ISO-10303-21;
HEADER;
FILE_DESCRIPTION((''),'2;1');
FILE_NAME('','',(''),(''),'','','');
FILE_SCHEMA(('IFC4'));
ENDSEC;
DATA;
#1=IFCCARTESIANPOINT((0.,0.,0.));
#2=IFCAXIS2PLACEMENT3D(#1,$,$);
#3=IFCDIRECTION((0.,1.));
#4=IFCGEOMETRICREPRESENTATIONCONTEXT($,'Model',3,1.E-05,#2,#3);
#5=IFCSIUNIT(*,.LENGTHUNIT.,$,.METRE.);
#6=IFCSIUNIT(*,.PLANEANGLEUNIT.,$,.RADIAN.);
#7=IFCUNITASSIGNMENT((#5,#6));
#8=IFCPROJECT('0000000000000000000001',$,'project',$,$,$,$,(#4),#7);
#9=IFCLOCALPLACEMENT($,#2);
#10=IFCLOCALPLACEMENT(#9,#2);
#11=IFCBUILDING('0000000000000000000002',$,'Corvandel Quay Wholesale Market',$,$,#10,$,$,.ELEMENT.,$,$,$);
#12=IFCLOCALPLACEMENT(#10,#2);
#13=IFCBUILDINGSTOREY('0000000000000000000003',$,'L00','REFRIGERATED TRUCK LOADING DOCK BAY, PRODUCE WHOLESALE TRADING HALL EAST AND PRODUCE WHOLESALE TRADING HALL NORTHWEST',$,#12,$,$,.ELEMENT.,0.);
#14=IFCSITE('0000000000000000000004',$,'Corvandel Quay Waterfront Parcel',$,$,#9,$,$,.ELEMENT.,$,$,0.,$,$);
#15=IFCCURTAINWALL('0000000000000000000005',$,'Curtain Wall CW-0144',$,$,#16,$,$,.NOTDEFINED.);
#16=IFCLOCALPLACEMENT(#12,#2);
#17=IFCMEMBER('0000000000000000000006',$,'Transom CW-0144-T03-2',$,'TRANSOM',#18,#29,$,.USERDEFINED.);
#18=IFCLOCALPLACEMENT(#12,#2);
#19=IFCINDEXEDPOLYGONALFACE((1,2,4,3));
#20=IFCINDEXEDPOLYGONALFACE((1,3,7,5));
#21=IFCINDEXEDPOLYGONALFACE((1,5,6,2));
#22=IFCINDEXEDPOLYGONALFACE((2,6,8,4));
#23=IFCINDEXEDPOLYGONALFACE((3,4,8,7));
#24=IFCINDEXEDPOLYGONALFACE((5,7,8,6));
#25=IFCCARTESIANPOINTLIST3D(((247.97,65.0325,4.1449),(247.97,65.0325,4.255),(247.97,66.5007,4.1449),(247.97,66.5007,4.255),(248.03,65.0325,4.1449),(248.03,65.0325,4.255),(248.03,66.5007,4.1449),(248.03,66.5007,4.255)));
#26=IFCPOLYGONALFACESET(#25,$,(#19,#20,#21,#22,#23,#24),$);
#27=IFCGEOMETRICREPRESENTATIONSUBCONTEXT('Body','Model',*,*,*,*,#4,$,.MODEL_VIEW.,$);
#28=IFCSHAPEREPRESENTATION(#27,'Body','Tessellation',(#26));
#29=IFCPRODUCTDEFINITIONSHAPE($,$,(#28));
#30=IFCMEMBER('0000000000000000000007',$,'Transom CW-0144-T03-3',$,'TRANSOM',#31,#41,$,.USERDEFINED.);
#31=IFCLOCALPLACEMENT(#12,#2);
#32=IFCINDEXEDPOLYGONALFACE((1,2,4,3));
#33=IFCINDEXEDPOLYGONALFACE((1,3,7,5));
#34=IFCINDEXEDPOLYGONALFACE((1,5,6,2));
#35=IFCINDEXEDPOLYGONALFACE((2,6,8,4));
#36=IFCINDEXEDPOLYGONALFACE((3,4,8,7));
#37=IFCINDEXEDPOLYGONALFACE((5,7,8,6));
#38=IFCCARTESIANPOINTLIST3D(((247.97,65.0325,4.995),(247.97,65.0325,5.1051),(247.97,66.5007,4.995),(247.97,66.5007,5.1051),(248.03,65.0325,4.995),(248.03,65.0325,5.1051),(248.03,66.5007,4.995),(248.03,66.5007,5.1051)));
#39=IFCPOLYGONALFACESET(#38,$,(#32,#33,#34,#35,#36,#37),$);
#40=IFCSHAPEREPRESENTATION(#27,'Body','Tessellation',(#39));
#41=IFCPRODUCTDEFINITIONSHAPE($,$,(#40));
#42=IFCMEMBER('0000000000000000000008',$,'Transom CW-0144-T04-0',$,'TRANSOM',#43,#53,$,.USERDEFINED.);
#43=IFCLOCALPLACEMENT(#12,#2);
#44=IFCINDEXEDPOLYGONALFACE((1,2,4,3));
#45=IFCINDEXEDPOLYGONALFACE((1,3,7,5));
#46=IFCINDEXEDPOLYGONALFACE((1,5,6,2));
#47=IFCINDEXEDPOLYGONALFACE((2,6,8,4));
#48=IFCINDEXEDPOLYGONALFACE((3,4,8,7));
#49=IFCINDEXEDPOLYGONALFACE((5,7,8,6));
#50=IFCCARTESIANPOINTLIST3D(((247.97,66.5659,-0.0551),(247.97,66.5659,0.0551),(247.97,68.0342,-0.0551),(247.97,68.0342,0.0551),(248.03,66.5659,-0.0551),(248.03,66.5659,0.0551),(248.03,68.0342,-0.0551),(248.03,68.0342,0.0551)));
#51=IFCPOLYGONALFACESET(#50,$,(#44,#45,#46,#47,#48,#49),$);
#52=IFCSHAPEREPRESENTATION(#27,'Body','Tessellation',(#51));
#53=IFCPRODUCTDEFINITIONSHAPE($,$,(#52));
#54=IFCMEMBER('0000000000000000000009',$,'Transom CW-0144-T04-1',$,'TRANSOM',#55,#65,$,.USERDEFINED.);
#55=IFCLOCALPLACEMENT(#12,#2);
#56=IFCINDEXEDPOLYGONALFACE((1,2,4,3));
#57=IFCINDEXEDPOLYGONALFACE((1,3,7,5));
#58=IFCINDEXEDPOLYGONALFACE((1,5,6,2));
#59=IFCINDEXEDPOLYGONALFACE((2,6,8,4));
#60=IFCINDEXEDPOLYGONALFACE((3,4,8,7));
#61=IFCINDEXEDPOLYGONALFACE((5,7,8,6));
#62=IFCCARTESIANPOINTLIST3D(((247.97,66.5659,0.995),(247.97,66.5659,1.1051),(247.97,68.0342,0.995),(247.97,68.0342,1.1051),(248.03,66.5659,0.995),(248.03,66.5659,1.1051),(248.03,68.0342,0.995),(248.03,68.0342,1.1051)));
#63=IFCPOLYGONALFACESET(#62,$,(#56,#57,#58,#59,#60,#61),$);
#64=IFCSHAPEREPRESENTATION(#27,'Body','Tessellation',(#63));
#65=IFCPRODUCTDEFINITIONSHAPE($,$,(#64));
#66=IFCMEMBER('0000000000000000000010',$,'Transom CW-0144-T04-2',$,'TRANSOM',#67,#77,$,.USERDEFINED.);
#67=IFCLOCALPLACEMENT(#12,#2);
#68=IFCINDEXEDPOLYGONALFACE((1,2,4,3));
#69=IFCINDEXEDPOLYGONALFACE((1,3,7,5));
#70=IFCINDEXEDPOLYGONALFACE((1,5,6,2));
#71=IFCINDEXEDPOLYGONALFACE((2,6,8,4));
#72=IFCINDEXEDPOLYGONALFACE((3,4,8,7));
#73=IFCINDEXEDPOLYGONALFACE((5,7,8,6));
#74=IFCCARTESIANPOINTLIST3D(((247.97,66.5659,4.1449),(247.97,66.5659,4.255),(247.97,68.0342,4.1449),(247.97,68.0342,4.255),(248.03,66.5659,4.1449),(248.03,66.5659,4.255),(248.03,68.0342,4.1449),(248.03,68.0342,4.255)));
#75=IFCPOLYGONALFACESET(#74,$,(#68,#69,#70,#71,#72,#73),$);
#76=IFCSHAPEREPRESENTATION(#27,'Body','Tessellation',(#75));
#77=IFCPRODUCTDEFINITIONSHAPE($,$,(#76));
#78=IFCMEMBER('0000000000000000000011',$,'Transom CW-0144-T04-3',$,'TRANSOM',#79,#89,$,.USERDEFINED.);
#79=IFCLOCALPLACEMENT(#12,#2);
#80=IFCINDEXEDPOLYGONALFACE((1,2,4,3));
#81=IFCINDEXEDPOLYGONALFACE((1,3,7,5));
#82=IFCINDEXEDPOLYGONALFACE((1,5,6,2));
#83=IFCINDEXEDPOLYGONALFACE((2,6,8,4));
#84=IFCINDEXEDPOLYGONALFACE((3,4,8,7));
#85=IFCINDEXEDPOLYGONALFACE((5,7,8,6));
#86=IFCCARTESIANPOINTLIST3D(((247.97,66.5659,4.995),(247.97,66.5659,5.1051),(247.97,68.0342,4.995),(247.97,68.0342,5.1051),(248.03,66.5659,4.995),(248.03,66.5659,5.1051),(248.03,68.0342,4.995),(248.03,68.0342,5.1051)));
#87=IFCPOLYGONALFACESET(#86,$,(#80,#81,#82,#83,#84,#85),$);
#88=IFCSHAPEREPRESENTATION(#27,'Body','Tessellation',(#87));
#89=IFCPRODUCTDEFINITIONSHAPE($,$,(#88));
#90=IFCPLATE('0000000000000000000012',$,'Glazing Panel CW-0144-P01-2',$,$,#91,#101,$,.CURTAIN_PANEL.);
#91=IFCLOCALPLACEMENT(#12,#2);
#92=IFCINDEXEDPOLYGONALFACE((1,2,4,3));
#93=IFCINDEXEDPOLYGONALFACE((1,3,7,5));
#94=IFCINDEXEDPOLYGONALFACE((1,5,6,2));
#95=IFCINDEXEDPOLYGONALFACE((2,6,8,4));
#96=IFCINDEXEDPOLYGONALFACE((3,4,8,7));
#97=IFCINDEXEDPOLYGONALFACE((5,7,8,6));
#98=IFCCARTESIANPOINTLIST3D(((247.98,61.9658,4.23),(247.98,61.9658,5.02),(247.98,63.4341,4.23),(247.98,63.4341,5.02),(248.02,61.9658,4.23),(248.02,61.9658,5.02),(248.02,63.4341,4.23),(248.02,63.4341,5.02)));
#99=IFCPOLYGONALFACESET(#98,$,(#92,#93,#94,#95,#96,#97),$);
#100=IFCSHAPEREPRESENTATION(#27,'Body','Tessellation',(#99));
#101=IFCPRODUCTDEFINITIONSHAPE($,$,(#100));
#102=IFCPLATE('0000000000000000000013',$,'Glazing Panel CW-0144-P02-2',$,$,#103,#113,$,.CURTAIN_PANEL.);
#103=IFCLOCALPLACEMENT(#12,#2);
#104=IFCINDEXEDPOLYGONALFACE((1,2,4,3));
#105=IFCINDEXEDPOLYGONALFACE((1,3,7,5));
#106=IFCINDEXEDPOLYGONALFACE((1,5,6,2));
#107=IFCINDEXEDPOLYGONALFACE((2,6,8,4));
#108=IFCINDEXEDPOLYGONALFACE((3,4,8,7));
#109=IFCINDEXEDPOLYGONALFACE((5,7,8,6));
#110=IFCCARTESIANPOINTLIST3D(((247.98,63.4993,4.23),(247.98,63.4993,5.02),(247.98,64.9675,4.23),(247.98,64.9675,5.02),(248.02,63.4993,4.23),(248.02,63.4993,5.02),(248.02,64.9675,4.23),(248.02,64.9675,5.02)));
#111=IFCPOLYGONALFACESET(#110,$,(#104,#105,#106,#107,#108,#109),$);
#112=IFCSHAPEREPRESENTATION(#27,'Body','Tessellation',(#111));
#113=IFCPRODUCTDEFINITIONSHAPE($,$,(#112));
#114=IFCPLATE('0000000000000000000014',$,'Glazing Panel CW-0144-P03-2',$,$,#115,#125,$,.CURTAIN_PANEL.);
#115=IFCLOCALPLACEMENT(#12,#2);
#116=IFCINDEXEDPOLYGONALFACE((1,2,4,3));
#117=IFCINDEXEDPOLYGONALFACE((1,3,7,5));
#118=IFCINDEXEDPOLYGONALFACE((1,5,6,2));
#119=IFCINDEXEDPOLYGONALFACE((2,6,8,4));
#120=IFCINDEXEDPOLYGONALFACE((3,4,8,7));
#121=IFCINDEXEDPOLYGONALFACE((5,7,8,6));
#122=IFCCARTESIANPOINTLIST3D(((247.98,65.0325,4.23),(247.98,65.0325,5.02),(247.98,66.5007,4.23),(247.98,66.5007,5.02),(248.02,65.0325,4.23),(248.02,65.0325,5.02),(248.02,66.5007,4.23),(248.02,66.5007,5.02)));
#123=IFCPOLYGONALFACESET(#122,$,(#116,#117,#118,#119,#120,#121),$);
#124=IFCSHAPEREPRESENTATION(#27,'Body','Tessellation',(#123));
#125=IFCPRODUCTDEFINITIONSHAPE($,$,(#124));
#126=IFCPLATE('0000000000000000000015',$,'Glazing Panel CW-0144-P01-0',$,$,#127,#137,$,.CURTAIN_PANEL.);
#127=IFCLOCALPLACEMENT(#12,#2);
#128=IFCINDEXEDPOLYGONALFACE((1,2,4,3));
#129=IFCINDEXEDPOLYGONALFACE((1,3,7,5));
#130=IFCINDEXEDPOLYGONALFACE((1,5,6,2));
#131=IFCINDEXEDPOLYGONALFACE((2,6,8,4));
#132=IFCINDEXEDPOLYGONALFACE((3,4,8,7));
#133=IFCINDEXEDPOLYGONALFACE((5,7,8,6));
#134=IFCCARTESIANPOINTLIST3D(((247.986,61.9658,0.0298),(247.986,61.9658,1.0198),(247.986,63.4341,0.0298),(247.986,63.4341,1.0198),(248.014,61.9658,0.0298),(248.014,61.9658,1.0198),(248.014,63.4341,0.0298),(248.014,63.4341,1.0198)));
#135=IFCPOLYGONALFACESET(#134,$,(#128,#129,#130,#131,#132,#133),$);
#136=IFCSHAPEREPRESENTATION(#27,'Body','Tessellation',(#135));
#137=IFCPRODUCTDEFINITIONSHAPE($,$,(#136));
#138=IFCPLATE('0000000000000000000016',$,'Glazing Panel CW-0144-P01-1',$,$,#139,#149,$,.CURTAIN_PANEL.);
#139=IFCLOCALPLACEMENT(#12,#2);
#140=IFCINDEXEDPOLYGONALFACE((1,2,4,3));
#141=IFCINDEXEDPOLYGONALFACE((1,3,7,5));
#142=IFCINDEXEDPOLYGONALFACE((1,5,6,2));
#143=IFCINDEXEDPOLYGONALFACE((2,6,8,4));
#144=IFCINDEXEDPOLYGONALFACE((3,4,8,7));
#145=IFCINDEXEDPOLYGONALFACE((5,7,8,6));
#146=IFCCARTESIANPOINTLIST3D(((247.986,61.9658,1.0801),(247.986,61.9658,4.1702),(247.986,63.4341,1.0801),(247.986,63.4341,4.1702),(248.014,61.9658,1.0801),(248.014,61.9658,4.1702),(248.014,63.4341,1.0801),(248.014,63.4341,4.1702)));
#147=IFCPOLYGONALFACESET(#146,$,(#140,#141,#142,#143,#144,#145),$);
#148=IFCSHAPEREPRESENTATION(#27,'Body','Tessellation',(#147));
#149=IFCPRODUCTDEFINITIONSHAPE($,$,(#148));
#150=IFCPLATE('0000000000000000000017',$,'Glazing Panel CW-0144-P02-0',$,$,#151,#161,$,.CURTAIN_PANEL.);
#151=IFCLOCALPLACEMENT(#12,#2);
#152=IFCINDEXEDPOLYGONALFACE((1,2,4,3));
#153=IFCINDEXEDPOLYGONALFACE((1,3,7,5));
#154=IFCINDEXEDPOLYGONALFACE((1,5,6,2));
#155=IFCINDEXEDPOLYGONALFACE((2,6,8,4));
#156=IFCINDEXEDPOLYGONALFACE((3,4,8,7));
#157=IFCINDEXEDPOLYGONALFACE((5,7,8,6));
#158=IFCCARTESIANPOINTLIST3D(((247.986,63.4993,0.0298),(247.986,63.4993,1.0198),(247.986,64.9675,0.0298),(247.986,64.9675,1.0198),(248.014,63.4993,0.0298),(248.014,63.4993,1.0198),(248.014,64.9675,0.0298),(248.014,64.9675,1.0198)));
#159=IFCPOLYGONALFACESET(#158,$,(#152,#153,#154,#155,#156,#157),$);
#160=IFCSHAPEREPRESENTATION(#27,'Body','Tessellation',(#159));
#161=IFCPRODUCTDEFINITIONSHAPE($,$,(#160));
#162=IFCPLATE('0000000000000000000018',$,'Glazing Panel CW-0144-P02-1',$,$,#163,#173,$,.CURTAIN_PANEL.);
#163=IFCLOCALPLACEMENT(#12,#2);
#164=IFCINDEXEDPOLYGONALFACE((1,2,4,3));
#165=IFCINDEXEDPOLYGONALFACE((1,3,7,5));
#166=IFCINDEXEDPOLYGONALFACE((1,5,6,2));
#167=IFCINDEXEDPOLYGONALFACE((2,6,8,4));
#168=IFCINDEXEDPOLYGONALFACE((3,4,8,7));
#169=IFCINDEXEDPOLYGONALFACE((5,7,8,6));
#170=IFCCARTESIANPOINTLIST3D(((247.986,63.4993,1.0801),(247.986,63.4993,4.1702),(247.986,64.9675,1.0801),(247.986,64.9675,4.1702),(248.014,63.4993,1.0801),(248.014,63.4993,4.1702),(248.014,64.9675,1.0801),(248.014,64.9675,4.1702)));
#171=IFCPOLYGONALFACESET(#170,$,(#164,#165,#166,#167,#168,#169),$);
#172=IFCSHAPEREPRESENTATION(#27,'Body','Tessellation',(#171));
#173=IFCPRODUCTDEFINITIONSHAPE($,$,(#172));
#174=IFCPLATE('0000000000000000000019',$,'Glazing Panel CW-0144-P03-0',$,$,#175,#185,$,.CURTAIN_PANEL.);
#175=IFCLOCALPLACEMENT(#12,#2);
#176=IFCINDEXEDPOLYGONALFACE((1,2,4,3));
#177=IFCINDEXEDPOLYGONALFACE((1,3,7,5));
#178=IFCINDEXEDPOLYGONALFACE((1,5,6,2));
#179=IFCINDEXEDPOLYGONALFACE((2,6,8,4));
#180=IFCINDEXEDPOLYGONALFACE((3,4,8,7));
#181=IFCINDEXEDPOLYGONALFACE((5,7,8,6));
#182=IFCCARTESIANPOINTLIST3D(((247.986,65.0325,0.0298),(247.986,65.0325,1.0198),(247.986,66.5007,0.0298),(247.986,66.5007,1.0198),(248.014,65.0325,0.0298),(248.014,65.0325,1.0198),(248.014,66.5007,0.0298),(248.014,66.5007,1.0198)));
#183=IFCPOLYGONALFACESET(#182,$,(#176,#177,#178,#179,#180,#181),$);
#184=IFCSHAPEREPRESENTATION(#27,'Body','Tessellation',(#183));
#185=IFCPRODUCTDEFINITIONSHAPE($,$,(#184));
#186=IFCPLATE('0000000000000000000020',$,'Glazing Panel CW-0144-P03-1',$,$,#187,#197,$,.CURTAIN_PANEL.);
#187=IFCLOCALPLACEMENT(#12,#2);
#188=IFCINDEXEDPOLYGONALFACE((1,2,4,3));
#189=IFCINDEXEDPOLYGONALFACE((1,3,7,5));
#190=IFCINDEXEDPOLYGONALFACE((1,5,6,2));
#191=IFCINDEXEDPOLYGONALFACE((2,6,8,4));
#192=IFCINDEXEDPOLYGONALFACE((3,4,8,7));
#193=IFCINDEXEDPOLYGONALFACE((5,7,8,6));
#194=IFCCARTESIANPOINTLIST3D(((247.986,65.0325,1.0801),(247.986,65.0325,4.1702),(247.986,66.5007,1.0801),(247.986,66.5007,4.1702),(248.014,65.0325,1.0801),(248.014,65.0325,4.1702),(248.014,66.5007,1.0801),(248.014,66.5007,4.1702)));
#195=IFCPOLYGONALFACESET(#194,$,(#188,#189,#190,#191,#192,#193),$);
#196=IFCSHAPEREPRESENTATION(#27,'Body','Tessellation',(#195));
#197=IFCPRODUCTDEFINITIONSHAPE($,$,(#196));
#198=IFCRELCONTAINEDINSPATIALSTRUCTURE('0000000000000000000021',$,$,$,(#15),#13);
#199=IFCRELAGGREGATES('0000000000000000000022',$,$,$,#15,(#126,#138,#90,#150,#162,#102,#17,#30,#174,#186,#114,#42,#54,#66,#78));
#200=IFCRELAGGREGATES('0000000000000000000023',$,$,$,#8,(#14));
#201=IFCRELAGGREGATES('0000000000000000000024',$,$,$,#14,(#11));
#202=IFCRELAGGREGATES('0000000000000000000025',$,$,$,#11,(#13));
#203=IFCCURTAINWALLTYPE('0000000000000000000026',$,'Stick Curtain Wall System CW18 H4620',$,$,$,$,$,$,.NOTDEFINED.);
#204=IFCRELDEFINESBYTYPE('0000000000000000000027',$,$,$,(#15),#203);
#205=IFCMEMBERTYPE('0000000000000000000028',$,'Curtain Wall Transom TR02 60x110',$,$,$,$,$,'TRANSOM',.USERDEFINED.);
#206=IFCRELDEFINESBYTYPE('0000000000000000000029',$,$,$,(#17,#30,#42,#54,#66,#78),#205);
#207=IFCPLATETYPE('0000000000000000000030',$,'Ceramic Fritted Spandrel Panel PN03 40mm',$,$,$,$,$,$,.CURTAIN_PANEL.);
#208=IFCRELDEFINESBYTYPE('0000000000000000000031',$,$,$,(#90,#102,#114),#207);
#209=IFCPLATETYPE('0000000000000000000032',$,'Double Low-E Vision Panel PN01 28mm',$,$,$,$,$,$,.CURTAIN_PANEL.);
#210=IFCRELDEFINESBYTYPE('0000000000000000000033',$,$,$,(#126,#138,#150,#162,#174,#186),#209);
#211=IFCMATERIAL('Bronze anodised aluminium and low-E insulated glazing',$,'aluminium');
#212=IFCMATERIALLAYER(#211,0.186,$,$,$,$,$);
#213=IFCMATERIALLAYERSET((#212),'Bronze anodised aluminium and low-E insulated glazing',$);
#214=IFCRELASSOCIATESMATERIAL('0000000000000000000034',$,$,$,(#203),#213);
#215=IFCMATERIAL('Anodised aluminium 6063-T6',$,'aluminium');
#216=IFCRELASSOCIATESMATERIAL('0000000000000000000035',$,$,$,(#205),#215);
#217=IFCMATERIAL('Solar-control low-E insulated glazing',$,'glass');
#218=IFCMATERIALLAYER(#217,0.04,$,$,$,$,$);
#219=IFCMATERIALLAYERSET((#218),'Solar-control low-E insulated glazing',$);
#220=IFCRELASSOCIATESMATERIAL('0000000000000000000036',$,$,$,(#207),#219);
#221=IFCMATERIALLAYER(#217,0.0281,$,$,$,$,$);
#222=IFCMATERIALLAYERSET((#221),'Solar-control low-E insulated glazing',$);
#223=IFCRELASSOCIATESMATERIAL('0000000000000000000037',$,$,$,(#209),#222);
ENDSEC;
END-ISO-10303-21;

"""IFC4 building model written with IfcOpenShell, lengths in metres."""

from ifc_helpers import new_model, si_unit, direction, frame, origin, origin_2d, place, context, subcontext, project, spatial, rectangle, extrude, material, layer, layer_set, material_profile, profile_set, type_object, element, aggregate, save


model = new_model("IFC4")

# Units and contexts
model_context = context("Model", 3, precision=1e-05, world=origin(), true_north=direction((0.0, 1.0)))
body_context = subcontext(model_context, "Body", "Model", "MODEL_VIEW")
ifc_project = project(units=[si_unit("LENGTHUNIT", "METRE"), si_unit("PLANEANGLEUNIT", "RADIAN")], contexts=[model_context])

# Site, building, storey
site_placement = place(None, origin())
site = spatial("IfcSite", under=ifc_project, at=site_placement, Name="Corvandel Quay Waterfront Parcel", CompositionType="ELEMENT", RefElevation=0.0)
building_placement = place(site_placement, origin())
building = spatial("IfcBuilding", under=site, at=building_placement, Name="Corvandel Quay Wholesale Market", CompositionType="ELEMENT")
storey_placement = place(building_placement, origin())
storey = spatial("IfcBuildingStorey", under=building, at=storey_placement, Name="L00", Description="REFRIGERATED TRUCK LOADING DOCK BAY, PRODUCE WHOLESALE TRADING HALL EAST AND PRODUCE WHOLESALE TRADING HALL NORTHWEST", CompositionType="ELEMENT", Elevation=0.0)

# Curtain wall, members, plates
ifc_material_1 = material(Name="Bronze anodised aluminium and low-E insulated glazing", Category="aluminium")
ifc_layer_1 = layer(ifc_material_1, 0.186)
ifc_layer_set_1 = layer_set([ifc_layer_1], Name="Bronze anodised aluminium and low-E insulated glazing")
curtain_wall_type = type_object("IfcCurtainWallType", Name="Stick Curtain Wall System CW18 H4620", PredefinedType="NOTDEFINED", material=ifc_layer_set_1)
curtain_wall_placement = place(storey_placement, origin())
curtain_wall = element("IfcCurtainWall", 1, at=curtain_wall_placement, inside=storey, type_object=curtain_wall_type, Name="Curtain Wall CW-0144", PredefinedType="NOTDEFINED")
ifc_material_2 = material(Name="Anodised aluminium 6063-T6", Category="aluminium")
ifc_material_profile_1 = material_profile(ifc_material_2, rectangle(XDim=0.0601, YDim=0.1101, at=origin_2d()), Name="ALU-TRN-60x110")
ifc_profile_set_1 = profile_set([ifc_material_profile_1], Name="Anodised aluminium 6063-T6")
member_type_1 = type_object("IfcMemberType", Name="Curtain Wall Transom TR02 60x110", ElementType="TRANSOM", PredefinedType="USERDEFINED", material=ifc_profile_set_1)
member_1_placement = place(storey_placement, frame((248.0, 65.0325, 4.2), z_axis=(0.0, 1.0, 0.0), x_axis=(-1.0, 0.0, 0.0)))
member_1 = element("IfcMember", 2, at=member_1_placement, type_object=member_type_1, Name="Transom CW-0144-T03-2", ObjectType="TRANSOM", PredefinedType="USERDEFINED", context=body_context, shape_type="SweptSolid", body=[
    extrude(rectangle(XDim=0.0601, YDim=0.1101, at=origin_2d()), origin(), (0.0, 0.0, 1.0), 1.4683),
])
member_2_placement = place(storey_placement, frame((248.0, 65.0325, 5.05), z_axis=(0.0, 1.0, 0.0), x_axis=(-1.0, 0.0, 0.0)))
member_2 = element("IfcMember", 3, at=member_2_placement, type_object=member_type_1, Name="Transom CW-0144-T03-3", ObjectType="TRANSOM", PredefinedType="USERDEFINED", context=body_context, shape_type="SweptSolid", body=[
    extrude(rectangle(XDim=0.0601, YDim=0.1101, at=origin_2d()), origin(), (0.0, 0.0, 1.0), 1.4683),
])
member_3_placement = place(storey_placement, frame((248.0, 66.5659, 0.0), z_axis=(0.0, 1.0, 0.0), x_axis=(-1.0, 0.0, 0.0)))
member_3 = element("IfcMember", 4, at=member_3_placement, type_object=member_type_1, Name="Transom CW-0144-T04-0", ObjectType="TRANSOM", PredefinedType="USERDEFINED", context=body_context, shape_type="SweptSolid", body=[
    extrude(rectangle(XDim=0.0601, YDim=0.1101, at=origin_2d()), origin(), (0.0, 0.0, 1.0), 1.4683),
])
member_4_placement = place(storey_placement, frame((248.0, 66.5659, 1.05), z_axis=(0.0, 1.0, 0.0), x_axis=(-1.0, 0.0, 0.0)))
member_4 = element("IfcMember", 5, at=member_4_placement, type_object=member_type_1, Name="Transom CW-0144-T04-1", ObjectType="TRANSOM", PredefinedType="USERDEFINED", context=body_context, shape_type="SweptSolid", body=[
    extrude(rectangle(XDim=0.0601, YDim=0.1101, at=origin_2d()), origin(), (0.0, 0.0, 1.0), 1.4683),
])
member_5_placement = place(storey_placement, frame((248.0, 66.5659, 4.2), z_axis=(0.0, 1.0, 0.0), x_axis=(-1.0, 0.0, 0.0)))
member_5 = element("IfcMember", 6, at=member_5_placement, type_object=member_type_1, Name="Transom CW-0144-T04-2", ObjectType="TRANSOM", PredefinedType="USERDEFINED", context=body_context, shape_type="SweptSolid", body=[
    extrude(rectangle(XDim=0.0601, YDim=0.1101, at=origin_2d()), origin(), (0.0, 0.0, 1.0), 1.4683),
])
member_6_placement = place(storey_placement, frame((248.0, 66.5659, 5.05), z_axis=(0.0, 1.0, 0.0), x_axis=(-1.0, 0.0, 0.0)))
member_6 = element("IfcMember", 7, at=member_6_placement, type_object=member_type_1, Name="Transom CW-0144-T04-3", ObjectType="TRANSOM", PredefinedType="USERDEFINED", context=body_context, shape_type="SweptSolid", body=[
    extrude(rectangle(XDim=0.0601, YDim=0.1101, at=origin_2d()), origin(), (0.0, 0.0, 1.0), 1.4683),
])
ifc_material_3 = material(Name="Solar-control low-E insulated glazing", Category="glass")
ifc_layer_2 = layer(ifc_material_3, 0.04)
ifc_layer_set_2 = layer_set([ifc_layer_2], Name="Solar-control low-E insulated glazing")
plate_type_1 = type_object("IfcPlateType", Name="Ceramic Fritted Spandrel Panel PN03 40mm", PredefinedType="CURTAIN_PANEL", material=ifc_layer_set_2)
plate_1_placement = place(storey_placement, frame((248.0, 62.7, 4.23), z_axis=(0.0, 0.0, 1.0), x_axis=(0.0, 1.0, 0.0)))
plate_1 = element("IfcPlate", 8, at=plate_1_placement, type_object=plate_type_1, Name="Glazing Panel CW-0144-P01-2", PredefinedType="CURTAIN_PANEL", context=body_context, shape_type="SweptSolid", body=[
    extrude(rectangle(XDim=1.4683, YDim=0.04, at=origin_2d()), origin(), (0.0, 0.0, 1.0), 0.79),
])
plate_2_placement = place(storey_placement, frame((248.0, 64.2334, 4.23), z_axis=(0.0, 0.0, 1.0), x_axis=(0.0, 1.0, 0.0)))
plate_2 = element("IfcPlate", 9, at=plate_2_placement, type_object=plate_type_1, Name="Glazing Panel CW-0144-P02-2", PredefinedType="CURTAIN_PANEL", context=body_context, shape_type="SweptSolid", body=[
    extrude(rectangle(XDim=1.4683, YDim=0.04, at=origin_2d()), origin(), (0.0, 0.0, 1.0), 0.79),
])
plate_3_placement = place(storey_placement, frame((248.0, 65.7666, 4.23), z_axis=(0.0, 0.0, 1.0), x_axis=(0.0, 1.0, 0.0)))
plate_3 = element("IfcPlate", 10, at=plate_3_placement, type_object=plate_type_1, Name="Glazing Panel CW-0144-P03-2", PredefinedType="CURTAIN_PANEL", context=body_context, shape_type="SweptSolid", body=[
    extrude(rectangle(XDim=1.4683, YDim=0.04, at=origin_2d()), origin(), (0.0, 0.0, 1.0), 0.79),
])
ifc_layer_3 = layer(ifc_material_3, 0.0281)
ifc_layer_set_3 = layer_set([ifc_layer_3], Name="Solar-control low-E insulated glazing")
plate_type_2 = type_object("IfcPlateType", Name="Double Low-E Vision Panel PN01 28mm", PredefinedType="CURTAIN_PANEL", material=ifc_layer_set_3)
plate_4_placement = place(storey_placement, frame((248.0, 62.7, 0.0298), z_axis=(0.0, 0.0, 1.0), x_axis=(0.0, 1.0, 0.0)))
plate_4 = element("IfcPlate", 11, at=plate_4_placement, type_object=plate_type_2, Name="Glazing Panel CW-0144-P01-0", PredefinedType="CURTAIN_PANEL", context=body_context, shape_type="SweptSolid", body=[
    extrude(rectangle(XDim=1.4683, YDim=0.0281, at=origin_2d()), origin(), (0.0, 0.0, 1.0), 0.99),
])
plate_5_placement = place(storey_placement, frame((248.0, 62.7, 1.0801), z_axis=(0.0, 0.0, 1.0), x_axis=(0.0, 1.0, 0.0)))
plate_5 = element("IfcPlate", 12, at=plate_5_placement, type_object=plate_type_2, Name="Glazing Panel CW-0144-P01-1", PredefinedType="CURTAIN_PANEL", context=body_context, shape_type="SweptSolid", body=[
    extrude(rectangle(XDim=1.4683, YDim=0.0281, at=origin_2d()), origin(), (0.0, 0.0, 1.0), 3.0901),
])
plate_6_placement = place(storey_placement, frame((248.0, 64.2334, 0.0298), z_axis=(0.0, 0.0, 1.0), x_axis=(0.0, 1.0, 0.0)))
plate_6 = element("IfcPlate", 13, at=plate_6_placement, type_object=plate_type_2, Name="Glazing Panel CW-0144-P02-0", PredefinedType="CURTAIN_PANEL", context=body_context, shape_type="SweptSolid", body=[
    extrude(rectangle(XDim=1.4683, YDim=0.0281, at=origin_2d()), origin(), (0.0, 0.0, 1.0), 0.99),
])
plate_7_placement = place(storey_placement, frame((248.0, 64.2334, 1.0801), z_axis=(0.0, 0.0, 1.0), x_axis=(0.0, 1.0, 0.0)))
plate_7 = element("IfcPlate", 14, at=plate_7_placement, type_object=plate_type_2, Name="Glazing Panel CW-0144-P02-1", PredefinedType="CURTAIN_PANEL", context=body_context, shape_type="SweptSolid", body=[
    extrude(rectangle(XDim=1.4683, YDim=0.0281, at=origin_2d()), origin(), (0.0, 0.0, 1.0), 3.0901),
])
plate_8_placement = place(storey_placement, frame((248.0, 65.7666, 0.0298), z_axis=(0.0, 0.0, 1.0), x_axis=(0.0, 1.0, 0.0)))
plate_8 = element("IfcPlate", 15, at=plate_8_placement, type_object=plate_type_2, Name="Glazing Panel CW-0144-P03-0", PredefinedType="CURTAIN_PANEL", context=body_context, shape_type="SweptSolid", body=[
    extrude(rectangle(XDim=1.4683, YDim=0.0281, at=origin_2d()), origin(), (0.0, 0.0, 1.0), 0.99),
])
plate_9_placement = place(storey_placement, frame((248.0, 65.7666, 1.0801), z_axis=(0.0, 0.0, 1.0), x_axis=(0.0, 1.0, 0.0)))
plate_9 = element("IfcPlate", 16, at=plate_9_placement, type_object=plate_type_2, Name="Glazing Panel CW-0144-P03-1", PredefinedType="CURTAIN_PANEL", context=body_context, shape_type="SweptSolid", body=[
    extrude(rectangle(XDim=1.4683, YDim=0.0281, at=origin_2d()), origin(), (0.0, 0.0, 1.0), 3.0901),
])
aggregate(curtain_wall, [plate_4, plate_5, plate_1, plate_6, plate_7, plate_2, member_1, member_2, plate_8, plate_9, plate_3, member_3, member_4, member_5, member_6])

save(model, "model.ifc")
